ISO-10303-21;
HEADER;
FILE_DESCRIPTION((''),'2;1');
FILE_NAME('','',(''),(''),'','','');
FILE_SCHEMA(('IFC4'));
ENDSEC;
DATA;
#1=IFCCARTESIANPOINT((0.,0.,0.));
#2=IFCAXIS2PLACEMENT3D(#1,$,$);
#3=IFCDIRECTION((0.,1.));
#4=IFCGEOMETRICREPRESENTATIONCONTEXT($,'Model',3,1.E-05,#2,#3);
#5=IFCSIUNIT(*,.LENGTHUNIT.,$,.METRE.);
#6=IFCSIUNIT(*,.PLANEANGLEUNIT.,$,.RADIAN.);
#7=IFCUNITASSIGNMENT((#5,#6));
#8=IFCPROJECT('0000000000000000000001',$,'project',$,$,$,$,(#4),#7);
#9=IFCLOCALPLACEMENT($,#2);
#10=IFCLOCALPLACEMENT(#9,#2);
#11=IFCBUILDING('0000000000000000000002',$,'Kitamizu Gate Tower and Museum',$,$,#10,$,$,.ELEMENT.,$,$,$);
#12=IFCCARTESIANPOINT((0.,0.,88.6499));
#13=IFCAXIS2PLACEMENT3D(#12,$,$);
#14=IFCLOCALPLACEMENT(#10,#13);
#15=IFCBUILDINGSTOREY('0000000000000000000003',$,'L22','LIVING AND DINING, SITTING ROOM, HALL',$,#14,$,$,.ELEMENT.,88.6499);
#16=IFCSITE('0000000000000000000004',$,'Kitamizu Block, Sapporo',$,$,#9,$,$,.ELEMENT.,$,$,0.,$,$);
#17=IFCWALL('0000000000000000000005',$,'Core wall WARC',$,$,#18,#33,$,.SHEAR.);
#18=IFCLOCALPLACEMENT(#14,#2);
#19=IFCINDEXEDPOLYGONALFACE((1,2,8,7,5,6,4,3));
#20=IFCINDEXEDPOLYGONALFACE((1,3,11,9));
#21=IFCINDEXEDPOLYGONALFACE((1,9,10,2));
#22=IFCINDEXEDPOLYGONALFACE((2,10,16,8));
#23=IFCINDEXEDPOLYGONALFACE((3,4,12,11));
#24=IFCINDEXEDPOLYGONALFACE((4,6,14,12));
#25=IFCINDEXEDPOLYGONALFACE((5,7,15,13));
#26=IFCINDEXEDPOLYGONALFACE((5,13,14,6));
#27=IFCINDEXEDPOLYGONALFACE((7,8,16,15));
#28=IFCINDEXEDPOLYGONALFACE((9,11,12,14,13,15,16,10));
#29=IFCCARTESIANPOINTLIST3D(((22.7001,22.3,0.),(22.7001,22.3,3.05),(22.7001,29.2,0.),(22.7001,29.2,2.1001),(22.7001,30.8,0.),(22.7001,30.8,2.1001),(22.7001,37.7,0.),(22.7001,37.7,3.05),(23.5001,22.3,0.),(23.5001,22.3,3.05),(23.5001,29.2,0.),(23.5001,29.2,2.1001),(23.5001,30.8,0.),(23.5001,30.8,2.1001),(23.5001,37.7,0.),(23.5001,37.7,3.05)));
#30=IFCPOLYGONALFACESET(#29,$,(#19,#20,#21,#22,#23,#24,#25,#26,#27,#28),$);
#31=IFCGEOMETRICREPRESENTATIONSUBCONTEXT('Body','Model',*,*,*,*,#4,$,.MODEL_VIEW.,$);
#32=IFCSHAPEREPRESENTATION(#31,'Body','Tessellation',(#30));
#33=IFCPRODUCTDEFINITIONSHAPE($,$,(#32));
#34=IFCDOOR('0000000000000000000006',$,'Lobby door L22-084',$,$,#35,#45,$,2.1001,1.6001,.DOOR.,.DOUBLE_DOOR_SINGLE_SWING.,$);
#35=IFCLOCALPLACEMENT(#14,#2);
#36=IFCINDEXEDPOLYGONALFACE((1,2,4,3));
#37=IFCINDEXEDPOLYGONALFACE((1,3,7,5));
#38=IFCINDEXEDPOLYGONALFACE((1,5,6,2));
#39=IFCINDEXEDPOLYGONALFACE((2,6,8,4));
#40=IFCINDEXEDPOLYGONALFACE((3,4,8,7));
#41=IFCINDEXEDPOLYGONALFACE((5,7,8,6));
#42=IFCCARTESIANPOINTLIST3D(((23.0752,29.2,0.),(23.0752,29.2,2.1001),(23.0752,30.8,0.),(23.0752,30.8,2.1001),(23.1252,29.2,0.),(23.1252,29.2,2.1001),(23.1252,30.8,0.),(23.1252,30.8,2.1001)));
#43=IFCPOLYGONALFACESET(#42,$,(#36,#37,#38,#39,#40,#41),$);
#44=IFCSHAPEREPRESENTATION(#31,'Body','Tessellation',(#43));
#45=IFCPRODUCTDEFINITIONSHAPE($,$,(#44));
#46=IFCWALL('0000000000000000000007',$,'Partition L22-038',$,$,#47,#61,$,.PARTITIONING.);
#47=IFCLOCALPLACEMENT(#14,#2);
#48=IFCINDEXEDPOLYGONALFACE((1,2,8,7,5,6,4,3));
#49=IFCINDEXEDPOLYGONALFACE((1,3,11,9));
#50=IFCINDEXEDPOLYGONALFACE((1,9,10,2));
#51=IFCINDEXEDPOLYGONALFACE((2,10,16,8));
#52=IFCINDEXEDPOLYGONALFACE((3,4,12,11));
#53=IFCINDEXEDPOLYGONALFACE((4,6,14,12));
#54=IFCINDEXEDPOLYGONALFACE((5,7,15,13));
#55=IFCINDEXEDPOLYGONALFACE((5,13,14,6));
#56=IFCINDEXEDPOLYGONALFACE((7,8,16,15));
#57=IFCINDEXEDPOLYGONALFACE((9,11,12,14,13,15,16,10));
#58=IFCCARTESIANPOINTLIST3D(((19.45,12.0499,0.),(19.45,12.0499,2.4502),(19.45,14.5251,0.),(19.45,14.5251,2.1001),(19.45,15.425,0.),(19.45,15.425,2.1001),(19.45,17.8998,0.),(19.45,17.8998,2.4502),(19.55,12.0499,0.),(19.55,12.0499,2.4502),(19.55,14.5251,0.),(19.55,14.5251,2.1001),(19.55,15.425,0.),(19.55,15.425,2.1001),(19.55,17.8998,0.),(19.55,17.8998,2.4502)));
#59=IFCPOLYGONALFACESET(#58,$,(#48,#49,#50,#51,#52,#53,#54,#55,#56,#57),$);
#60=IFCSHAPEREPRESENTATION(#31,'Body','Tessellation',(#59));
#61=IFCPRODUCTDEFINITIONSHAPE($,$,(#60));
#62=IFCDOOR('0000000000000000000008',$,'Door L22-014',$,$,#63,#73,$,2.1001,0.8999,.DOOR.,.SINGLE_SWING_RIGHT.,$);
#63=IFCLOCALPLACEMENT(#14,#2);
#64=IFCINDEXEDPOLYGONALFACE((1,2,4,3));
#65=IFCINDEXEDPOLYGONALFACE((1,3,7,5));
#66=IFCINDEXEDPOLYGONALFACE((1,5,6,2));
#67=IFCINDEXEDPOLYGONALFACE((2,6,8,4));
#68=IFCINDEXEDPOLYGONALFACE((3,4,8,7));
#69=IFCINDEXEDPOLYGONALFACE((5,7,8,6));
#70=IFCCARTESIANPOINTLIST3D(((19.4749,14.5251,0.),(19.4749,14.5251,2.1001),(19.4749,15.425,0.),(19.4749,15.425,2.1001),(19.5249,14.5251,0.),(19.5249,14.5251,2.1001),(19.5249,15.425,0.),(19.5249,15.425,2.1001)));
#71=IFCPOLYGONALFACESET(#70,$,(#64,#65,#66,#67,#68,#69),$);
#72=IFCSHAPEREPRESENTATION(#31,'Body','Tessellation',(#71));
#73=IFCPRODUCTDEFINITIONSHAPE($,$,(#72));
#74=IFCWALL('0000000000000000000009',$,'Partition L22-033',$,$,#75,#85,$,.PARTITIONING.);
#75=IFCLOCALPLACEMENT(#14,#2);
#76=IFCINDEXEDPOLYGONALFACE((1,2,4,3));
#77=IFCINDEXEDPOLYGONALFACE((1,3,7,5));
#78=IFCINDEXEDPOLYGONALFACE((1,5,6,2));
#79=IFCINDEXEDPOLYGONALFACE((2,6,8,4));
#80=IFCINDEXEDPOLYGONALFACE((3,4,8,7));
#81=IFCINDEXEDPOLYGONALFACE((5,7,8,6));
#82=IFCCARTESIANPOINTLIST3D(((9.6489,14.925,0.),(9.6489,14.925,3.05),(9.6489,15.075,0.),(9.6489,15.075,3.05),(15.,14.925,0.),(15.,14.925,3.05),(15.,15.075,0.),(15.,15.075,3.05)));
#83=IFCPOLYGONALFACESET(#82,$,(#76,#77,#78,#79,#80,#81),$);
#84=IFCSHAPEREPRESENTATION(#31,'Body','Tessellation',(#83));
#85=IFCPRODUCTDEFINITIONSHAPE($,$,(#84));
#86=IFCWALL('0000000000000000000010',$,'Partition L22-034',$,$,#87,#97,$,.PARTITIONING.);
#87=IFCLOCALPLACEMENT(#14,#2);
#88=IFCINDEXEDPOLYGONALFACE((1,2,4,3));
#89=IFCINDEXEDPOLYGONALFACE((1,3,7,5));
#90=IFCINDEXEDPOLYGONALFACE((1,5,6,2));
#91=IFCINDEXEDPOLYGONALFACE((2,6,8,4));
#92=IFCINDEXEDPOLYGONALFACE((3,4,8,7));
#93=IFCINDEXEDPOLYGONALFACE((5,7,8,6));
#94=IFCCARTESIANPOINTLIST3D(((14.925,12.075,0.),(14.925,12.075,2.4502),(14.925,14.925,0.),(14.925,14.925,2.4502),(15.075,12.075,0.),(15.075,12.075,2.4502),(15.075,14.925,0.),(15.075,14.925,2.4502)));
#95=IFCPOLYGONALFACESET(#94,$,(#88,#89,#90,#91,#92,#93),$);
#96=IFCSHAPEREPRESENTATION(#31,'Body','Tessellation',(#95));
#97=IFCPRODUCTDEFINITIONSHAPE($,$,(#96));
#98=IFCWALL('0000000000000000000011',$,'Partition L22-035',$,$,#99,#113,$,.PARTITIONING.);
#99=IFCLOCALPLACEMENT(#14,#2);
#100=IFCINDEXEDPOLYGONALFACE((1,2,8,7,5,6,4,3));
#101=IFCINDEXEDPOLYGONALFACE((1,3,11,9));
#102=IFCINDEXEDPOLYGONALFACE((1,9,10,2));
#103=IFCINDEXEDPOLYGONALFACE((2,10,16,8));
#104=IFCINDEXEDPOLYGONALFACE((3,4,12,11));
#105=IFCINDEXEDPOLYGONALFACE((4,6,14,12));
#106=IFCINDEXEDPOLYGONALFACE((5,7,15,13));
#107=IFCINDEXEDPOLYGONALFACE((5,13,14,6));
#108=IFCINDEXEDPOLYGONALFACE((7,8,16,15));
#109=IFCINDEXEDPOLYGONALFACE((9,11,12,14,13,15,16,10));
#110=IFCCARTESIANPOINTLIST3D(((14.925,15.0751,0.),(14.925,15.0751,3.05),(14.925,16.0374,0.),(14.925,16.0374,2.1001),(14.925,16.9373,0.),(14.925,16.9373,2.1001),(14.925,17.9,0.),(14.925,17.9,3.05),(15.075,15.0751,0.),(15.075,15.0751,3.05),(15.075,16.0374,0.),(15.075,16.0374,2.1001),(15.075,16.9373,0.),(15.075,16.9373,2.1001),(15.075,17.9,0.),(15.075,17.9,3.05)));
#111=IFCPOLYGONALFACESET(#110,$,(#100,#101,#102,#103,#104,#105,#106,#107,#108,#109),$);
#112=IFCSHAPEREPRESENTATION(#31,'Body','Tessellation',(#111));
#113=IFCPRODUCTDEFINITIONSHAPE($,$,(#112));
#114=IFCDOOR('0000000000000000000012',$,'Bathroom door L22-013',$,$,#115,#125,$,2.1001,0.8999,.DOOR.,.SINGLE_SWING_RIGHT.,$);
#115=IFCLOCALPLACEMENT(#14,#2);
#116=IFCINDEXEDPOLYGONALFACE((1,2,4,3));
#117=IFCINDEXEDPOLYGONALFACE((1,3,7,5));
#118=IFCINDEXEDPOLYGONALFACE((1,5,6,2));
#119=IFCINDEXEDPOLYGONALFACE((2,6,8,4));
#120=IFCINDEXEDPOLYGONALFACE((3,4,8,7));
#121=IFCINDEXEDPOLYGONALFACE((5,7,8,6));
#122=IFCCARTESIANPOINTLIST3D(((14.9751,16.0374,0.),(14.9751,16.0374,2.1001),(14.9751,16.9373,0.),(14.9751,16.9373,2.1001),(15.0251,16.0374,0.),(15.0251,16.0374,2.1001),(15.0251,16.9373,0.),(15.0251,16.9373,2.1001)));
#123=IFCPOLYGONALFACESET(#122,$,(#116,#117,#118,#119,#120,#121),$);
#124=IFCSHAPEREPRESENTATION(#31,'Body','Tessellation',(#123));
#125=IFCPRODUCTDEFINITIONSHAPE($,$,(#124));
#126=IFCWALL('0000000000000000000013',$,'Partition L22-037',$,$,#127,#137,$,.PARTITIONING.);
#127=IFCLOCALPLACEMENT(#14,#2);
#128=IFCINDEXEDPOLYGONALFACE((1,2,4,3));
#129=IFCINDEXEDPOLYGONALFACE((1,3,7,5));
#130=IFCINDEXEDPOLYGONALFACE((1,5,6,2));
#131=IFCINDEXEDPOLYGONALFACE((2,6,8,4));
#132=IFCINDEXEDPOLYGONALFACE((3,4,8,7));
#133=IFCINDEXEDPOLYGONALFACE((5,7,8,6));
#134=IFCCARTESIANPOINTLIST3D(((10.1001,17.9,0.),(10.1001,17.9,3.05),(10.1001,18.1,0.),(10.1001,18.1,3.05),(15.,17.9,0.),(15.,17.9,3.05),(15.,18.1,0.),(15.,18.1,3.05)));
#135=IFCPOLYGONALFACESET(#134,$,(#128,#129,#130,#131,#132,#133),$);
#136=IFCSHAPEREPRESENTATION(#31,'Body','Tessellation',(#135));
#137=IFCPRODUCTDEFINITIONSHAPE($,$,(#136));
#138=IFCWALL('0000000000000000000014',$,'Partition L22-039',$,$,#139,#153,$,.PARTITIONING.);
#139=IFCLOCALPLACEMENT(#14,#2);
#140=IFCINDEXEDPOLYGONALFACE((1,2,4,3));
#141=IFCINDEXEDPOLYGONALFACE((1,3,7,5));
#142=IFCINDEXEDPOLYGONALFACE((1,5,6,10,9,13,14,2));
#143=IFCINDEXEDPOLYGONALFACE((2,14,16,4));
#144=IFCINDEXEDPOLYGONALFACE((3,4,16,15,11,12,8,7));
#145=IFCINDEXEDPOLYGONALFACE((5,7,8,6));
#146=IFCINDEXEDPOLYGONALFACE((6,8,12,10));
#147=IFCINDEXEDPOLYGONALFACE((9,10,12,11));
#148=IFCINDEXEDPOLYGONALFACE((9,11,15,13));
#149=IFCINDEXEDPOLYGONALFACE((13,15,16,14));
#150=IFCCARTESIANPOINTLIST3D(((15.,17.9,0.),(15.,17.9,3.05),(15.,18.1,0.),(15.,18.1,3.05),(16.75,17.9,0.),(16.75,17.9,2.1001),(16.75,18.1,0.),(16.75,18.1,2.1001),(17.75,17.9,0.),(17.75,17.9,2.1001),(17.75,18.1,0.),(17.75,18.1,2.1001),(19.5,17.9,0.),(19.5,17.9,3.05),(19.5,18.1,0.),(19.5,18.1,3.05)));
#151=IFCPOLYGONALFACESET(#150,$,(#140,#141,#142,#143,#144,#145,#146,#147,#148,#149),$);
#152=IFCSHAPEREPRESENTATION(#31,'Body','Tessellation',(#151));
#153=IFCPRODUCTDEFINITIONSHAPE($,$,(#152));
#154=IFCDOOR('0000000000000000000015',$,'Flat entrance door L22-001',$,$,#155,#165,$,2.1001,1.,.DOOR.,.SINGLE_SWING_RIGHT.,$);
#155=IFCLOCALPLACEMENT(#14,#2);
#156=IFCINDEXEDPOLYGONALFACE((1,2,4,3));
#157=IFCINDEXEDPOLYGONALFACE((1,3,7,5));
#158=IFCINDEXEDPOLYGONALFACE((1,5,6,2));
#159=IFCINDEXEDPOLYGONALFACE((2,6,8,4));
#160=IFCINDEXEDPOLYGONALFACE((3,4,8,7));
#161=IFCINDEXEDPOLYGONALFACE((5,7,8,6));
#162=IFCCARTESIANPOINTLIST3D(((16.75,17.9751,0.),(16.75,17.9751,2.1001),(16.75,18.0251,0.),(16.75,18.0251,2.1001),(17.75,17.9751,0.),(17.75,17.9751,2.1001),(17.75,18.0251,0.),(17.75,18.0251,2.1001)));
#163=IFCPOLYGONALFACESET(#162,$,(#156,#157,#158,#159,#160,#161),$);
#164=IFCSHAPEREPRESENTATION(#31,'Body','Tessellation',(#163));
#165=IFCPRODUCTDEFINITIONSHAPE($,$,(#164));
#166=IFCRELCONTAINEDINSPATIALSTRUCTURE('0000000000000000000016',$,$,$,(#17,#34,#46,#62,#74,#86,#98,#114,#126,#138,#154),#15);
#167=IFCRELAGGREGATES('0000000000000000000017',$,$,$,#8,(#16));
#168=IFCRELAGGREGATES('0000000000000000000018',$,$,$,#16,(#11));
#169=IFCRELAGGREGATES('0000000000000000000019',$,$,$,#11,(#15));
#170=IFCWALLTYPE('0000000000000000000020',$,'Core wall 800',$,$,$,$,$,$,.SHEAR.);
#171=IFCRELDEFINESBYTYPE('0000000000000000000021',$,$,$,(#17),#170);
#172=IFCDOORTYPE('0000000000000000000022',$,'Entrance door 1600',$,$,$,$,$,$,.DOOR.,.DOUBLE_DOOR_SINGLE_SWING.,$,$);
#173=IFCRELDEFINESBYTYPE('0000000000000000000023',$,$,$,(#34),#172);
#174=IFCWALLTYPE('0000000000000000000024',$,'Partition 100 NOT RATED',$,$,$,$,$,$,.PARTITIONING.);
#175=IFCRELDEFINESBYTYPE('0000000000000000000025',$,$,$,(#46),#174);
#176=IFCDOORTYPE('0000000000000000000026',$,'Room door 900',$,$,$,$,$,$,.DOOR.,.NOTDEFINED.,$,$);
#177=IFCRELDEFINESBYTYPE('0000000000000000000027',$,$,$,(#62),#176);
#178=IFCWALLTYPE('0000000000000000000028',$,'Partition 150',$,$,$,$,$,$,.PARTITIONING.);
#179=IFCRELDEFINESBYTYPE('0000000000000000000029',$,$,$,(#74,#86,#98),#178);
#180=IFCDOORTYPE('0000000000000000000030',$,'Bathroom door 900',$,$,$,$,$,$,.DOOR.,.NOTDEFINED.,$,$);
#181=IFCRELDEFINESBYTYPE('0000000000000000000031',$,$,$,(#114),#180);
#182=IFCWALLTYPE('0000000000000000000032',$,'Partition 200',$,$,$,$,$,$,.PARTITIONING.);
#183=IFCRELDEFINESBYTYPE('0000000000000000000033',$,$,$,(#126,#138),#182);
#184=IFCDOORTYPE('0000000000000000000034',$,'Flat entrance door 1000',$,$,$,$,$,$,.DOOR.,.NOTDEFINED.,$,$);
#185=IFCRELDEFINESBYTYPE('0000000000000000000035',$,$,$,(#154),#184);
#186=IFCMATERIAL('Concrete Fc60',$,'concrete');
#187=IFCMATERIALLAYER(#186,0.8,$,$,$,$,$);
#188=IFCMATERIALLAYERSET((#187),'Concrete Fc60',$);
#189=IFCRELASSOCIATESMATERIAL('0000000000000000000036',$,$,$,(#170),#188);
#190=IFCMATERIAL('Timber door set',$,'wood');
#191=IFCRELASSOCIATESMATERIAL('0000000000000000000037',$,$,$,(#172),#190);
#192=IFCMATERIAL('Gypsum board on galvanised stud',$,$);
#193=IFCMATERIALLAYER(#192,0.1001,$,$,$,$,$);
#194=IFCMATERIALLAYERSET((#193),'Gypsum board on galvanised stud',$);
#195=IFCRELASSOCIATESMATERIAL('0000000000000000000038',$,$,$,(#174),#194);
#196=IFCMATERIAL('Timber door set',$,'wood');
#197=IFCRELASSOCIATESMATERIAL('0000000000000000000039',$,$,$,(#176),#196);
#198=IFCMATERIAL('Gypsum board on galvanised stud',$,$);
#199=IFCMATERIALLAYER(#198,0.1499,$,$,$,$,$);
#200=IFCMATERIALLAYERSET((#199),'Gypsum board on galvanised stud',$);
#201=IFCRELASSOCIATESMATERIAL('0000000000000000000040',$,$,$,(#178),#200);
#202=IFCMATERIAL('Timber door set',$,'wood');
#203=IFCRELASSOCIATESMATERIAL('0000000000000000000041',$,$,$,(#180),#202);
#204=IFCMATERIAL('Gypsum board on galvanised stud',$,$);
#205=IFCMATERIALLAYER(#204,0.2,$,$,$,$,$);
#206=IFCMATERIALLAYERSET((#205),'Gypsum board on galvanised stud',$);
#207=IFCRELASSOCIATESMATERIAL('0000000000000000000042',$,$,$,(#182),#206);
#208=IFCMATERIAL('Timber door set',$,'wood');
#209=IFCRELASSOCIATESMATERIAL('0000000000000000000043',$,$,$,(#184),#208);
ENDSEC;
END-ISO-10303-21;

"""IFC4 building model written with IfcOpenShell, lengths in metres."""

from ifc_helpers import new_model, si_unit, direction, frame, frame_2d, origin, place, context, subcontext, project, spatial, rectangle, extrude, material, layer, layer_set, type_object, element, fill, save


model = new_model("IFC4")

# Units and contexts
model_context = context("Model", 3, precision=1e-05, world=origin(), true_north=direction((0.0, 1.0)))
body_context = subcontext(model_context, "Body", "Model", "MODEL_VIEW")
ifc_project = project(units=[si_unit("LENGTHUNIT", "METRE"), si_unit("PLANEANGLEUNIT", "RADIAN")], contexts=[model_context])

# Site, building, storey
site_placement = place(None, origin())
site = spatial("IfcSite", under=ifc_project, at=site_placement, Name="Kitamizu Block, Sapporo", CompositionType="ELEMENT", RefElevation=0.0)
building_placement = place(site_placement, origin())
building = spatial("IfcBuilding", under=site, at=building_placement, Name="Kitamizu Gate Tower and Museum", CompositionType="ELEMENT")
storey_placement = place(building_placement, frame((0.0, 0.0, 88.6499)))
storey = spatial("IfcBuildingStorey", under=building, at=storey_placement, Name="L22", Description="LIVING AND DINING, SITTING ROOM, HALL", CompositionType="ELEMENT", Elevation=88.6499)

# Walls, openings, doors
ifc_material_1 = material(Name="Concrete Fc60", Category="concrete")
ifc_layer_1 = layer(ifc_material_1, 0.8)
ifc_layer_set_1 = layer_set([ifc_layer_1], Name="Concrete Fc60")
wall_type_1 = type_object("IfcWallType", Name="Core wall 800", PredefinedType="SHEAR", material=ifc_layer_set_1)
wall_1_placement = place(storey_placement, frame((23.1001, 22.3, 0.0), z_axis=(0.0, 0.0, 1.0), x_axis=(0.0, 1.0, 0.0)))
wall_1 = element("IfcWall", 1, at=wall_1_placement, inside=storey, type_object=wall_type_1, Name="Core wall WARC", PredefinedType="SHEAR", context=body_context, shape_type="SweptSolid", body=[
    extrude(rectangle(XDim=15.3999, YDim=0.8, at=frame_2d((7.7, 0.0))), origin(), (0.0, 0.0, 1.0), 3.05),
])
opening_1_placement = place(wall_1_placement, frame((6.8999, 0.0, 0.0)))
opening_1 = element("IfcOpeningElement", 2, at=opening_1_placement, cuts=wall_1, PredefinedType="OPENING", context=body_context, shape_type="SweptSolid", body=[
    extrude(rectangle(XDim=1.6001, YDim=2.1001, at=frame_2d((0.8, 1.05))), frame((0.0, 0.4102, 0.0), z_axis=(0.0, -1.0, 0.0), x_axis=(1.0, 0.0, 0.0)), (0.0, 0.0, 1.0), 0.8201),
])
ifc_material_2 = material(Name="Timber door set", Category="wood")
door_type_1 = type_object("IfcDoorType", Name="Entrance door 1600", OperationType="DOUBLE_DOOR_SINGLE_SWING", PredefinedType="DOOR", material=ifc_material_2)
door_1_placement = place(opening_1_placement, origin())
door_1 = element("IfcDoor", 3, at=door_1_placement, inside=storey, type_object=door_type_1, Name="Lobby door L22-084", OperationType="DOUBLE_DOOR_SINGLE_SWING", OverallHeight=2.1001, OverallWidth=1.6001, PredefinedType="DOOR", context=body_context, shape_type="SweptSolid", body=[
    extrude(rectangle(XDim=1.6001, YDim=2.1001, at=frame_2d((0.8, 1.05))), frame((0.0, 0.0249, 0.0), z_axis=(0.0, -1.0, 0.0), x_axis=(1.0, 0.0, 0.0)), (0.0, 0.0, 1.0), 0.05),
])
fill(opening_1, door_1)
ifc_material_3 = material(Name="Gypsum board on galvanised stud")
ifc_layer_2 = layer(ifc_material_3, 0.1001)
ifc_layer_set_2 = layer_set([ifc_layer_2], Name="Gypsum board on galvanised stud")
wall_type_2 = type_object("IfcWallType", Name="Partition 100 NOT RATED", PredefinedType="PARTITIONING", material=ifc_layer_set_2)
wall_2_placement = place(storey_placement, frame((19.5, 12.05, 0.0), z_axis=(0.0, 0.0, 1.0), x_axis=(0.0, 1.0, 0.0)))
wall_2 = element("IfcWall", 4, at=wall_2_placement, inside=storey, type_object=wall_type_2, Name="Partition L22-038", PredefinedType="PARTITIONING", context=body_context, shape_type="SweptSolid", body=[
    extrude(rectangle(XDim=5.8499, YDim=0.1001, at=frame_2d((2.9248, 0.0))), origin(), (0.0, 0.0, 1.0), 2.4502),
])
opening_2_placement = place(wall_2_placement, frame((2.4751, 0.0, 0.0)))
opening_2 = element("IfcOpeningElement", 5, at=opening_2_placement, cuts=wall_2, PredefinedType="OPENING", context=body_context, shape_type="SweptSolid", body=[
    extrude(rectangle(XDim=0.8999, YDim=2.1001, at=frame_2d((0.45, 1.05))), frame((0.0, 0.0601, 0.0), z_axis=(0.0, -1.0, 0.0), x_axis=(1.0, 0.0, 0.0)), (0.0, 0.0, 1.0), 0.1201),
])
ifc_material_4 = material(Name="Timber door set", Category="wood")
door_type_2 = type_object("IfcDoorType", Name="Room door 900", OperationType="NOTDEFINED", PredefinedType="DOOR", material=ifc_material_4)
door_2_placement = place(opening_2_placement, frame((0.8999, 0.0, 0.0), x_axis=(-1.0, 0.0, 0.0)))
door_2 = element("IfcDoor", 6, at=door_2_placement, inside=storey, type_object=door_type_2, Name="Door L22-014", OperationType="SINGLE_SWING_RIGHT", OverallHeight=2.1001, OverallWidth=0.8999, PredefinedType="DOOR", context=body_context, shape_type="SweptSolid", body=[
    extrude(rectangle(XDim=0.8999, YDim=2.1001, at=frame_2d((0.45, 1.05))), frame((0.0, 0.0249, 0.0), z_axis=(0.0, -1.0, 0.0), x_axis=(1.0, 0.0, 0.0)), (0.0, 0.0, 1.0), 0.05),
])
fill(opening_2, door_2)

# Walls
ifc_material_5 = material(Name="Gypsum board on galvanised stud")
ifc_layer_3 = layer(ifc_material_5, 0.1499)
ifc_layer_set_3 = layer_set([ifc_layer_3], Name="Gypsum board on galvanised stud")
wall_type_3 = type_object("IfcWallType", Name="Partition 150", PredefinedType="PARTITIONING", material=ifc_layer_set_3)
wall_3_placement = place(storey_placement, frame((15.0, 15.0, 0.0), z_axis=(0.0, 0.0, 1.0), x_axis=(-1.0, 0.0, 0.0)))
element("IfcWall", 7, at=wall_3_placement, inside=storey, type_object=wall_type_3, Name="Partition L22-033", PredefinedType="PARTITIONING", context=body_context, shape_type="SweptSolid", body=[
    extrude(rectangle(XDim=5.3511, YDim=0.1499, at=frame_2d((2.6755, 0.0))), origin(), (0.0, 0.0, 1.0), 3.05),
])
wall_4_placement = place(storey_placement, frame((15.0, 12.075, 0.0), z_axis=(0.0, 0.0, 1.0), x_axis=(0.0, 1.0, 0.0)))
element("IfcWall", 8, at=wall_4_placement, inside=storey, type_object=wall_type_3, Name="Partition L22-034", PredefinedType="PARTITIONING", context=body_context, shape_type="SweptSolid", body=[
    extrude(rectangle(XDim=2.8501, YDim=0.1499, at=frame_2d((1.425, 0.0))), origin(), (0.0, 0.0, 1.0), 2.4502),
])

# Wall, opening, door
wall_5_placement = place(storey_placement, frame((15.0, 15.075, 0.0), z_axis=(0.0, 0.0, 1.0), x_axis=(0.0, 1.0, 0.0)))
wall_5 = element("IfcWall", 9, at=wall_5_placement, inside=storey, type_object=wall_type_3, Name="Partition L22-035", PredefinedType="PARTITIONING", context=body_context, shape_type="SweptSolid", body=[
    extrude(rectangle(XDim=2.825, YDim=0.1499, at=frame_2d((1.4126, 0.0))), origin(), (0.0, 0.0, 1.0), 3.05),
])
opening_3_placement = place(wall_5_placement, frame((0.9624, 0.0, 0.0)))
opening_3 = element("IfcOpeningElement", 10, at=opening_3_placement, cuts=wall_5, PredefinedType="OPENING", context=body_context, shape_type="SweptSolid", body=[
    extrude(rectangle(XDim=0.8999, YDim=2.1001, at=frame_2d((0.45, 1.05))), frame((0.0, 0.085, 0.0), z_axis=(0.0, -1.0, 0.0), x_axis=(1.0, 0.0, 0.0)), (0.0, 0.0, 1.0), 0.1699),
])
ifc_material_6 = material(Name="Timber door set", Category="wood")
door_type_3 = type_object("IfcDoorType", Name="Bathroom door 900", OperationType="NOTDEFINED", PredefinedType="DOOR", material=ifc_material_6)
door_3_placement = place(opening_3_placement, origin())
door_3 = element("IfcDoor", 11, at=door_3_placement, inside=storey, type_object=door_type_3, Name="Bathroom door L22-013", OperationType="SINGLE_SWING_RIGHT", OverallHeight=2.1001, OverallWidth=0.8999, PredefinedType="DOOR", context=body_context, shape_type="SweptSolid", body=[
    extrude(rectangle(XDim=0.8999, YDim=2.1001, at=frame_2d((0.45, 1.05))), frame((0.0, 0.0249, 0.0), z_axis=(0.0, -1.0, 0.0), x_axis=(1.0, 0.0, 0.0)), (0.0, 0.0, 1.0), 0.05),
])
fill(opening_3, door_3)

# Wall
ifc_material_7 = material(Name="Gypsum board on galvanised stud")
ifc_layer_4 = layer(ifc_material_7, 0.2)
ifc_layer_set_4 = layer_set([ifc_layer_4], Name="Gypsum board on galvanised stud")
wall_type_4 = type_object("IfcWallType", Name="Partition 200", PredefinedType="PARTITIONING", material=ifc_layer_set_4)
wall_6_placement = place(storey_placement, frame((15.0, 18.0, 0.0), z_axis=(0.0, 0.0, 1.0), x_axis=(-1.0, 0.0, 0.0)))
element("IfcWall", 12, at=wall_6_placement, inside=storey, type_object=wall_type_4, Name="Partition L22-037", PredefinedType="PARTITIONING", context=body_context, shape_type="SweptSolid", body=[
    extrude(rectangle(XDim=4.8999, YDim=0.2, at=frame_2d((2.45, 0.0))), origin(), (0.0, 0.0, 1.0), 3.05),
])

# Wall, opening, door
wall_7_placement = place(storey_placement, frame((19.5, 18.0, 0.0), z_axis=(0.0, 0.0, 1.0), x_axis=(-1.0, 0.0, 0.0)))
wall_7 = element("IfcWall", 13, at=wall_7_placement, inside=storey, type_object=wall_type_4, Name="Partition L22-039", PredefinedType="PARTITIONING", context=body_context, shape_type="SweptSolid", body=[
    extrude(rectangle(XDim=4.5, YDim=0.2, at=frame_2d((2.25, 0.0))), origin(), (0.0, 0.0, 1.0), 3.05),
])
opening_4_placement = place(wall_7_placement, frame((1.75, 0.0, 0.0)))
opening_4 = element("IfcOpeningElement", 14, at=opening_4_placement, cuts=wall_7, PredefinedType="OPENING", context=body_context, shape_type="SweptSolid", body=[
    extrude(rectangle(XDim=1.0, YDim=2.1001, at=frame_2d((0.5, 1.05))), frame((0.0, 0.1099, 0.0), z_axis=(0.0, -1.0, 0.0), x_axis=(1.0, 0.0, 0.0)), (0.0, 0.0, 1.0), 0.22),
])
ifc_material_8 = material(Name="Timber door set", Category="wood")
door_type_4 = type_object("IfcDoorType", Name="Flat entrance door 1000", OperationType="NOTDEFINED", PredefinedType="DOOR", material=ifc_material_8)
door_4_placement = place(opening_4_placement, origin())
door_4 = element("IfcDoor", 15, at=door_4_placement, inside=storey, type_object=door_type_4, Name="Flat entrance door L22-001", OperationType="SINGLE_SWING_RIGHT", OverallHeight=2.1001, OverallWidth=1.0, PredefinedType="DOOR", context=body_context, shape_type="SweptSolid", body=[
    extrude(rectangle(XDim=1.0, YDim=2.1001, at=frame_2d((0.5, 1.05))), frame((0.0, 0.0249, 0.0), z_axis=(0.0, -1.0, 0.0), x_axis=(1.0, 0.0, 0.0)), (0.0, 0.0, 1.0), 0.05),
])
fill(opening_4, door_4)

save(model, "model.ifc")
